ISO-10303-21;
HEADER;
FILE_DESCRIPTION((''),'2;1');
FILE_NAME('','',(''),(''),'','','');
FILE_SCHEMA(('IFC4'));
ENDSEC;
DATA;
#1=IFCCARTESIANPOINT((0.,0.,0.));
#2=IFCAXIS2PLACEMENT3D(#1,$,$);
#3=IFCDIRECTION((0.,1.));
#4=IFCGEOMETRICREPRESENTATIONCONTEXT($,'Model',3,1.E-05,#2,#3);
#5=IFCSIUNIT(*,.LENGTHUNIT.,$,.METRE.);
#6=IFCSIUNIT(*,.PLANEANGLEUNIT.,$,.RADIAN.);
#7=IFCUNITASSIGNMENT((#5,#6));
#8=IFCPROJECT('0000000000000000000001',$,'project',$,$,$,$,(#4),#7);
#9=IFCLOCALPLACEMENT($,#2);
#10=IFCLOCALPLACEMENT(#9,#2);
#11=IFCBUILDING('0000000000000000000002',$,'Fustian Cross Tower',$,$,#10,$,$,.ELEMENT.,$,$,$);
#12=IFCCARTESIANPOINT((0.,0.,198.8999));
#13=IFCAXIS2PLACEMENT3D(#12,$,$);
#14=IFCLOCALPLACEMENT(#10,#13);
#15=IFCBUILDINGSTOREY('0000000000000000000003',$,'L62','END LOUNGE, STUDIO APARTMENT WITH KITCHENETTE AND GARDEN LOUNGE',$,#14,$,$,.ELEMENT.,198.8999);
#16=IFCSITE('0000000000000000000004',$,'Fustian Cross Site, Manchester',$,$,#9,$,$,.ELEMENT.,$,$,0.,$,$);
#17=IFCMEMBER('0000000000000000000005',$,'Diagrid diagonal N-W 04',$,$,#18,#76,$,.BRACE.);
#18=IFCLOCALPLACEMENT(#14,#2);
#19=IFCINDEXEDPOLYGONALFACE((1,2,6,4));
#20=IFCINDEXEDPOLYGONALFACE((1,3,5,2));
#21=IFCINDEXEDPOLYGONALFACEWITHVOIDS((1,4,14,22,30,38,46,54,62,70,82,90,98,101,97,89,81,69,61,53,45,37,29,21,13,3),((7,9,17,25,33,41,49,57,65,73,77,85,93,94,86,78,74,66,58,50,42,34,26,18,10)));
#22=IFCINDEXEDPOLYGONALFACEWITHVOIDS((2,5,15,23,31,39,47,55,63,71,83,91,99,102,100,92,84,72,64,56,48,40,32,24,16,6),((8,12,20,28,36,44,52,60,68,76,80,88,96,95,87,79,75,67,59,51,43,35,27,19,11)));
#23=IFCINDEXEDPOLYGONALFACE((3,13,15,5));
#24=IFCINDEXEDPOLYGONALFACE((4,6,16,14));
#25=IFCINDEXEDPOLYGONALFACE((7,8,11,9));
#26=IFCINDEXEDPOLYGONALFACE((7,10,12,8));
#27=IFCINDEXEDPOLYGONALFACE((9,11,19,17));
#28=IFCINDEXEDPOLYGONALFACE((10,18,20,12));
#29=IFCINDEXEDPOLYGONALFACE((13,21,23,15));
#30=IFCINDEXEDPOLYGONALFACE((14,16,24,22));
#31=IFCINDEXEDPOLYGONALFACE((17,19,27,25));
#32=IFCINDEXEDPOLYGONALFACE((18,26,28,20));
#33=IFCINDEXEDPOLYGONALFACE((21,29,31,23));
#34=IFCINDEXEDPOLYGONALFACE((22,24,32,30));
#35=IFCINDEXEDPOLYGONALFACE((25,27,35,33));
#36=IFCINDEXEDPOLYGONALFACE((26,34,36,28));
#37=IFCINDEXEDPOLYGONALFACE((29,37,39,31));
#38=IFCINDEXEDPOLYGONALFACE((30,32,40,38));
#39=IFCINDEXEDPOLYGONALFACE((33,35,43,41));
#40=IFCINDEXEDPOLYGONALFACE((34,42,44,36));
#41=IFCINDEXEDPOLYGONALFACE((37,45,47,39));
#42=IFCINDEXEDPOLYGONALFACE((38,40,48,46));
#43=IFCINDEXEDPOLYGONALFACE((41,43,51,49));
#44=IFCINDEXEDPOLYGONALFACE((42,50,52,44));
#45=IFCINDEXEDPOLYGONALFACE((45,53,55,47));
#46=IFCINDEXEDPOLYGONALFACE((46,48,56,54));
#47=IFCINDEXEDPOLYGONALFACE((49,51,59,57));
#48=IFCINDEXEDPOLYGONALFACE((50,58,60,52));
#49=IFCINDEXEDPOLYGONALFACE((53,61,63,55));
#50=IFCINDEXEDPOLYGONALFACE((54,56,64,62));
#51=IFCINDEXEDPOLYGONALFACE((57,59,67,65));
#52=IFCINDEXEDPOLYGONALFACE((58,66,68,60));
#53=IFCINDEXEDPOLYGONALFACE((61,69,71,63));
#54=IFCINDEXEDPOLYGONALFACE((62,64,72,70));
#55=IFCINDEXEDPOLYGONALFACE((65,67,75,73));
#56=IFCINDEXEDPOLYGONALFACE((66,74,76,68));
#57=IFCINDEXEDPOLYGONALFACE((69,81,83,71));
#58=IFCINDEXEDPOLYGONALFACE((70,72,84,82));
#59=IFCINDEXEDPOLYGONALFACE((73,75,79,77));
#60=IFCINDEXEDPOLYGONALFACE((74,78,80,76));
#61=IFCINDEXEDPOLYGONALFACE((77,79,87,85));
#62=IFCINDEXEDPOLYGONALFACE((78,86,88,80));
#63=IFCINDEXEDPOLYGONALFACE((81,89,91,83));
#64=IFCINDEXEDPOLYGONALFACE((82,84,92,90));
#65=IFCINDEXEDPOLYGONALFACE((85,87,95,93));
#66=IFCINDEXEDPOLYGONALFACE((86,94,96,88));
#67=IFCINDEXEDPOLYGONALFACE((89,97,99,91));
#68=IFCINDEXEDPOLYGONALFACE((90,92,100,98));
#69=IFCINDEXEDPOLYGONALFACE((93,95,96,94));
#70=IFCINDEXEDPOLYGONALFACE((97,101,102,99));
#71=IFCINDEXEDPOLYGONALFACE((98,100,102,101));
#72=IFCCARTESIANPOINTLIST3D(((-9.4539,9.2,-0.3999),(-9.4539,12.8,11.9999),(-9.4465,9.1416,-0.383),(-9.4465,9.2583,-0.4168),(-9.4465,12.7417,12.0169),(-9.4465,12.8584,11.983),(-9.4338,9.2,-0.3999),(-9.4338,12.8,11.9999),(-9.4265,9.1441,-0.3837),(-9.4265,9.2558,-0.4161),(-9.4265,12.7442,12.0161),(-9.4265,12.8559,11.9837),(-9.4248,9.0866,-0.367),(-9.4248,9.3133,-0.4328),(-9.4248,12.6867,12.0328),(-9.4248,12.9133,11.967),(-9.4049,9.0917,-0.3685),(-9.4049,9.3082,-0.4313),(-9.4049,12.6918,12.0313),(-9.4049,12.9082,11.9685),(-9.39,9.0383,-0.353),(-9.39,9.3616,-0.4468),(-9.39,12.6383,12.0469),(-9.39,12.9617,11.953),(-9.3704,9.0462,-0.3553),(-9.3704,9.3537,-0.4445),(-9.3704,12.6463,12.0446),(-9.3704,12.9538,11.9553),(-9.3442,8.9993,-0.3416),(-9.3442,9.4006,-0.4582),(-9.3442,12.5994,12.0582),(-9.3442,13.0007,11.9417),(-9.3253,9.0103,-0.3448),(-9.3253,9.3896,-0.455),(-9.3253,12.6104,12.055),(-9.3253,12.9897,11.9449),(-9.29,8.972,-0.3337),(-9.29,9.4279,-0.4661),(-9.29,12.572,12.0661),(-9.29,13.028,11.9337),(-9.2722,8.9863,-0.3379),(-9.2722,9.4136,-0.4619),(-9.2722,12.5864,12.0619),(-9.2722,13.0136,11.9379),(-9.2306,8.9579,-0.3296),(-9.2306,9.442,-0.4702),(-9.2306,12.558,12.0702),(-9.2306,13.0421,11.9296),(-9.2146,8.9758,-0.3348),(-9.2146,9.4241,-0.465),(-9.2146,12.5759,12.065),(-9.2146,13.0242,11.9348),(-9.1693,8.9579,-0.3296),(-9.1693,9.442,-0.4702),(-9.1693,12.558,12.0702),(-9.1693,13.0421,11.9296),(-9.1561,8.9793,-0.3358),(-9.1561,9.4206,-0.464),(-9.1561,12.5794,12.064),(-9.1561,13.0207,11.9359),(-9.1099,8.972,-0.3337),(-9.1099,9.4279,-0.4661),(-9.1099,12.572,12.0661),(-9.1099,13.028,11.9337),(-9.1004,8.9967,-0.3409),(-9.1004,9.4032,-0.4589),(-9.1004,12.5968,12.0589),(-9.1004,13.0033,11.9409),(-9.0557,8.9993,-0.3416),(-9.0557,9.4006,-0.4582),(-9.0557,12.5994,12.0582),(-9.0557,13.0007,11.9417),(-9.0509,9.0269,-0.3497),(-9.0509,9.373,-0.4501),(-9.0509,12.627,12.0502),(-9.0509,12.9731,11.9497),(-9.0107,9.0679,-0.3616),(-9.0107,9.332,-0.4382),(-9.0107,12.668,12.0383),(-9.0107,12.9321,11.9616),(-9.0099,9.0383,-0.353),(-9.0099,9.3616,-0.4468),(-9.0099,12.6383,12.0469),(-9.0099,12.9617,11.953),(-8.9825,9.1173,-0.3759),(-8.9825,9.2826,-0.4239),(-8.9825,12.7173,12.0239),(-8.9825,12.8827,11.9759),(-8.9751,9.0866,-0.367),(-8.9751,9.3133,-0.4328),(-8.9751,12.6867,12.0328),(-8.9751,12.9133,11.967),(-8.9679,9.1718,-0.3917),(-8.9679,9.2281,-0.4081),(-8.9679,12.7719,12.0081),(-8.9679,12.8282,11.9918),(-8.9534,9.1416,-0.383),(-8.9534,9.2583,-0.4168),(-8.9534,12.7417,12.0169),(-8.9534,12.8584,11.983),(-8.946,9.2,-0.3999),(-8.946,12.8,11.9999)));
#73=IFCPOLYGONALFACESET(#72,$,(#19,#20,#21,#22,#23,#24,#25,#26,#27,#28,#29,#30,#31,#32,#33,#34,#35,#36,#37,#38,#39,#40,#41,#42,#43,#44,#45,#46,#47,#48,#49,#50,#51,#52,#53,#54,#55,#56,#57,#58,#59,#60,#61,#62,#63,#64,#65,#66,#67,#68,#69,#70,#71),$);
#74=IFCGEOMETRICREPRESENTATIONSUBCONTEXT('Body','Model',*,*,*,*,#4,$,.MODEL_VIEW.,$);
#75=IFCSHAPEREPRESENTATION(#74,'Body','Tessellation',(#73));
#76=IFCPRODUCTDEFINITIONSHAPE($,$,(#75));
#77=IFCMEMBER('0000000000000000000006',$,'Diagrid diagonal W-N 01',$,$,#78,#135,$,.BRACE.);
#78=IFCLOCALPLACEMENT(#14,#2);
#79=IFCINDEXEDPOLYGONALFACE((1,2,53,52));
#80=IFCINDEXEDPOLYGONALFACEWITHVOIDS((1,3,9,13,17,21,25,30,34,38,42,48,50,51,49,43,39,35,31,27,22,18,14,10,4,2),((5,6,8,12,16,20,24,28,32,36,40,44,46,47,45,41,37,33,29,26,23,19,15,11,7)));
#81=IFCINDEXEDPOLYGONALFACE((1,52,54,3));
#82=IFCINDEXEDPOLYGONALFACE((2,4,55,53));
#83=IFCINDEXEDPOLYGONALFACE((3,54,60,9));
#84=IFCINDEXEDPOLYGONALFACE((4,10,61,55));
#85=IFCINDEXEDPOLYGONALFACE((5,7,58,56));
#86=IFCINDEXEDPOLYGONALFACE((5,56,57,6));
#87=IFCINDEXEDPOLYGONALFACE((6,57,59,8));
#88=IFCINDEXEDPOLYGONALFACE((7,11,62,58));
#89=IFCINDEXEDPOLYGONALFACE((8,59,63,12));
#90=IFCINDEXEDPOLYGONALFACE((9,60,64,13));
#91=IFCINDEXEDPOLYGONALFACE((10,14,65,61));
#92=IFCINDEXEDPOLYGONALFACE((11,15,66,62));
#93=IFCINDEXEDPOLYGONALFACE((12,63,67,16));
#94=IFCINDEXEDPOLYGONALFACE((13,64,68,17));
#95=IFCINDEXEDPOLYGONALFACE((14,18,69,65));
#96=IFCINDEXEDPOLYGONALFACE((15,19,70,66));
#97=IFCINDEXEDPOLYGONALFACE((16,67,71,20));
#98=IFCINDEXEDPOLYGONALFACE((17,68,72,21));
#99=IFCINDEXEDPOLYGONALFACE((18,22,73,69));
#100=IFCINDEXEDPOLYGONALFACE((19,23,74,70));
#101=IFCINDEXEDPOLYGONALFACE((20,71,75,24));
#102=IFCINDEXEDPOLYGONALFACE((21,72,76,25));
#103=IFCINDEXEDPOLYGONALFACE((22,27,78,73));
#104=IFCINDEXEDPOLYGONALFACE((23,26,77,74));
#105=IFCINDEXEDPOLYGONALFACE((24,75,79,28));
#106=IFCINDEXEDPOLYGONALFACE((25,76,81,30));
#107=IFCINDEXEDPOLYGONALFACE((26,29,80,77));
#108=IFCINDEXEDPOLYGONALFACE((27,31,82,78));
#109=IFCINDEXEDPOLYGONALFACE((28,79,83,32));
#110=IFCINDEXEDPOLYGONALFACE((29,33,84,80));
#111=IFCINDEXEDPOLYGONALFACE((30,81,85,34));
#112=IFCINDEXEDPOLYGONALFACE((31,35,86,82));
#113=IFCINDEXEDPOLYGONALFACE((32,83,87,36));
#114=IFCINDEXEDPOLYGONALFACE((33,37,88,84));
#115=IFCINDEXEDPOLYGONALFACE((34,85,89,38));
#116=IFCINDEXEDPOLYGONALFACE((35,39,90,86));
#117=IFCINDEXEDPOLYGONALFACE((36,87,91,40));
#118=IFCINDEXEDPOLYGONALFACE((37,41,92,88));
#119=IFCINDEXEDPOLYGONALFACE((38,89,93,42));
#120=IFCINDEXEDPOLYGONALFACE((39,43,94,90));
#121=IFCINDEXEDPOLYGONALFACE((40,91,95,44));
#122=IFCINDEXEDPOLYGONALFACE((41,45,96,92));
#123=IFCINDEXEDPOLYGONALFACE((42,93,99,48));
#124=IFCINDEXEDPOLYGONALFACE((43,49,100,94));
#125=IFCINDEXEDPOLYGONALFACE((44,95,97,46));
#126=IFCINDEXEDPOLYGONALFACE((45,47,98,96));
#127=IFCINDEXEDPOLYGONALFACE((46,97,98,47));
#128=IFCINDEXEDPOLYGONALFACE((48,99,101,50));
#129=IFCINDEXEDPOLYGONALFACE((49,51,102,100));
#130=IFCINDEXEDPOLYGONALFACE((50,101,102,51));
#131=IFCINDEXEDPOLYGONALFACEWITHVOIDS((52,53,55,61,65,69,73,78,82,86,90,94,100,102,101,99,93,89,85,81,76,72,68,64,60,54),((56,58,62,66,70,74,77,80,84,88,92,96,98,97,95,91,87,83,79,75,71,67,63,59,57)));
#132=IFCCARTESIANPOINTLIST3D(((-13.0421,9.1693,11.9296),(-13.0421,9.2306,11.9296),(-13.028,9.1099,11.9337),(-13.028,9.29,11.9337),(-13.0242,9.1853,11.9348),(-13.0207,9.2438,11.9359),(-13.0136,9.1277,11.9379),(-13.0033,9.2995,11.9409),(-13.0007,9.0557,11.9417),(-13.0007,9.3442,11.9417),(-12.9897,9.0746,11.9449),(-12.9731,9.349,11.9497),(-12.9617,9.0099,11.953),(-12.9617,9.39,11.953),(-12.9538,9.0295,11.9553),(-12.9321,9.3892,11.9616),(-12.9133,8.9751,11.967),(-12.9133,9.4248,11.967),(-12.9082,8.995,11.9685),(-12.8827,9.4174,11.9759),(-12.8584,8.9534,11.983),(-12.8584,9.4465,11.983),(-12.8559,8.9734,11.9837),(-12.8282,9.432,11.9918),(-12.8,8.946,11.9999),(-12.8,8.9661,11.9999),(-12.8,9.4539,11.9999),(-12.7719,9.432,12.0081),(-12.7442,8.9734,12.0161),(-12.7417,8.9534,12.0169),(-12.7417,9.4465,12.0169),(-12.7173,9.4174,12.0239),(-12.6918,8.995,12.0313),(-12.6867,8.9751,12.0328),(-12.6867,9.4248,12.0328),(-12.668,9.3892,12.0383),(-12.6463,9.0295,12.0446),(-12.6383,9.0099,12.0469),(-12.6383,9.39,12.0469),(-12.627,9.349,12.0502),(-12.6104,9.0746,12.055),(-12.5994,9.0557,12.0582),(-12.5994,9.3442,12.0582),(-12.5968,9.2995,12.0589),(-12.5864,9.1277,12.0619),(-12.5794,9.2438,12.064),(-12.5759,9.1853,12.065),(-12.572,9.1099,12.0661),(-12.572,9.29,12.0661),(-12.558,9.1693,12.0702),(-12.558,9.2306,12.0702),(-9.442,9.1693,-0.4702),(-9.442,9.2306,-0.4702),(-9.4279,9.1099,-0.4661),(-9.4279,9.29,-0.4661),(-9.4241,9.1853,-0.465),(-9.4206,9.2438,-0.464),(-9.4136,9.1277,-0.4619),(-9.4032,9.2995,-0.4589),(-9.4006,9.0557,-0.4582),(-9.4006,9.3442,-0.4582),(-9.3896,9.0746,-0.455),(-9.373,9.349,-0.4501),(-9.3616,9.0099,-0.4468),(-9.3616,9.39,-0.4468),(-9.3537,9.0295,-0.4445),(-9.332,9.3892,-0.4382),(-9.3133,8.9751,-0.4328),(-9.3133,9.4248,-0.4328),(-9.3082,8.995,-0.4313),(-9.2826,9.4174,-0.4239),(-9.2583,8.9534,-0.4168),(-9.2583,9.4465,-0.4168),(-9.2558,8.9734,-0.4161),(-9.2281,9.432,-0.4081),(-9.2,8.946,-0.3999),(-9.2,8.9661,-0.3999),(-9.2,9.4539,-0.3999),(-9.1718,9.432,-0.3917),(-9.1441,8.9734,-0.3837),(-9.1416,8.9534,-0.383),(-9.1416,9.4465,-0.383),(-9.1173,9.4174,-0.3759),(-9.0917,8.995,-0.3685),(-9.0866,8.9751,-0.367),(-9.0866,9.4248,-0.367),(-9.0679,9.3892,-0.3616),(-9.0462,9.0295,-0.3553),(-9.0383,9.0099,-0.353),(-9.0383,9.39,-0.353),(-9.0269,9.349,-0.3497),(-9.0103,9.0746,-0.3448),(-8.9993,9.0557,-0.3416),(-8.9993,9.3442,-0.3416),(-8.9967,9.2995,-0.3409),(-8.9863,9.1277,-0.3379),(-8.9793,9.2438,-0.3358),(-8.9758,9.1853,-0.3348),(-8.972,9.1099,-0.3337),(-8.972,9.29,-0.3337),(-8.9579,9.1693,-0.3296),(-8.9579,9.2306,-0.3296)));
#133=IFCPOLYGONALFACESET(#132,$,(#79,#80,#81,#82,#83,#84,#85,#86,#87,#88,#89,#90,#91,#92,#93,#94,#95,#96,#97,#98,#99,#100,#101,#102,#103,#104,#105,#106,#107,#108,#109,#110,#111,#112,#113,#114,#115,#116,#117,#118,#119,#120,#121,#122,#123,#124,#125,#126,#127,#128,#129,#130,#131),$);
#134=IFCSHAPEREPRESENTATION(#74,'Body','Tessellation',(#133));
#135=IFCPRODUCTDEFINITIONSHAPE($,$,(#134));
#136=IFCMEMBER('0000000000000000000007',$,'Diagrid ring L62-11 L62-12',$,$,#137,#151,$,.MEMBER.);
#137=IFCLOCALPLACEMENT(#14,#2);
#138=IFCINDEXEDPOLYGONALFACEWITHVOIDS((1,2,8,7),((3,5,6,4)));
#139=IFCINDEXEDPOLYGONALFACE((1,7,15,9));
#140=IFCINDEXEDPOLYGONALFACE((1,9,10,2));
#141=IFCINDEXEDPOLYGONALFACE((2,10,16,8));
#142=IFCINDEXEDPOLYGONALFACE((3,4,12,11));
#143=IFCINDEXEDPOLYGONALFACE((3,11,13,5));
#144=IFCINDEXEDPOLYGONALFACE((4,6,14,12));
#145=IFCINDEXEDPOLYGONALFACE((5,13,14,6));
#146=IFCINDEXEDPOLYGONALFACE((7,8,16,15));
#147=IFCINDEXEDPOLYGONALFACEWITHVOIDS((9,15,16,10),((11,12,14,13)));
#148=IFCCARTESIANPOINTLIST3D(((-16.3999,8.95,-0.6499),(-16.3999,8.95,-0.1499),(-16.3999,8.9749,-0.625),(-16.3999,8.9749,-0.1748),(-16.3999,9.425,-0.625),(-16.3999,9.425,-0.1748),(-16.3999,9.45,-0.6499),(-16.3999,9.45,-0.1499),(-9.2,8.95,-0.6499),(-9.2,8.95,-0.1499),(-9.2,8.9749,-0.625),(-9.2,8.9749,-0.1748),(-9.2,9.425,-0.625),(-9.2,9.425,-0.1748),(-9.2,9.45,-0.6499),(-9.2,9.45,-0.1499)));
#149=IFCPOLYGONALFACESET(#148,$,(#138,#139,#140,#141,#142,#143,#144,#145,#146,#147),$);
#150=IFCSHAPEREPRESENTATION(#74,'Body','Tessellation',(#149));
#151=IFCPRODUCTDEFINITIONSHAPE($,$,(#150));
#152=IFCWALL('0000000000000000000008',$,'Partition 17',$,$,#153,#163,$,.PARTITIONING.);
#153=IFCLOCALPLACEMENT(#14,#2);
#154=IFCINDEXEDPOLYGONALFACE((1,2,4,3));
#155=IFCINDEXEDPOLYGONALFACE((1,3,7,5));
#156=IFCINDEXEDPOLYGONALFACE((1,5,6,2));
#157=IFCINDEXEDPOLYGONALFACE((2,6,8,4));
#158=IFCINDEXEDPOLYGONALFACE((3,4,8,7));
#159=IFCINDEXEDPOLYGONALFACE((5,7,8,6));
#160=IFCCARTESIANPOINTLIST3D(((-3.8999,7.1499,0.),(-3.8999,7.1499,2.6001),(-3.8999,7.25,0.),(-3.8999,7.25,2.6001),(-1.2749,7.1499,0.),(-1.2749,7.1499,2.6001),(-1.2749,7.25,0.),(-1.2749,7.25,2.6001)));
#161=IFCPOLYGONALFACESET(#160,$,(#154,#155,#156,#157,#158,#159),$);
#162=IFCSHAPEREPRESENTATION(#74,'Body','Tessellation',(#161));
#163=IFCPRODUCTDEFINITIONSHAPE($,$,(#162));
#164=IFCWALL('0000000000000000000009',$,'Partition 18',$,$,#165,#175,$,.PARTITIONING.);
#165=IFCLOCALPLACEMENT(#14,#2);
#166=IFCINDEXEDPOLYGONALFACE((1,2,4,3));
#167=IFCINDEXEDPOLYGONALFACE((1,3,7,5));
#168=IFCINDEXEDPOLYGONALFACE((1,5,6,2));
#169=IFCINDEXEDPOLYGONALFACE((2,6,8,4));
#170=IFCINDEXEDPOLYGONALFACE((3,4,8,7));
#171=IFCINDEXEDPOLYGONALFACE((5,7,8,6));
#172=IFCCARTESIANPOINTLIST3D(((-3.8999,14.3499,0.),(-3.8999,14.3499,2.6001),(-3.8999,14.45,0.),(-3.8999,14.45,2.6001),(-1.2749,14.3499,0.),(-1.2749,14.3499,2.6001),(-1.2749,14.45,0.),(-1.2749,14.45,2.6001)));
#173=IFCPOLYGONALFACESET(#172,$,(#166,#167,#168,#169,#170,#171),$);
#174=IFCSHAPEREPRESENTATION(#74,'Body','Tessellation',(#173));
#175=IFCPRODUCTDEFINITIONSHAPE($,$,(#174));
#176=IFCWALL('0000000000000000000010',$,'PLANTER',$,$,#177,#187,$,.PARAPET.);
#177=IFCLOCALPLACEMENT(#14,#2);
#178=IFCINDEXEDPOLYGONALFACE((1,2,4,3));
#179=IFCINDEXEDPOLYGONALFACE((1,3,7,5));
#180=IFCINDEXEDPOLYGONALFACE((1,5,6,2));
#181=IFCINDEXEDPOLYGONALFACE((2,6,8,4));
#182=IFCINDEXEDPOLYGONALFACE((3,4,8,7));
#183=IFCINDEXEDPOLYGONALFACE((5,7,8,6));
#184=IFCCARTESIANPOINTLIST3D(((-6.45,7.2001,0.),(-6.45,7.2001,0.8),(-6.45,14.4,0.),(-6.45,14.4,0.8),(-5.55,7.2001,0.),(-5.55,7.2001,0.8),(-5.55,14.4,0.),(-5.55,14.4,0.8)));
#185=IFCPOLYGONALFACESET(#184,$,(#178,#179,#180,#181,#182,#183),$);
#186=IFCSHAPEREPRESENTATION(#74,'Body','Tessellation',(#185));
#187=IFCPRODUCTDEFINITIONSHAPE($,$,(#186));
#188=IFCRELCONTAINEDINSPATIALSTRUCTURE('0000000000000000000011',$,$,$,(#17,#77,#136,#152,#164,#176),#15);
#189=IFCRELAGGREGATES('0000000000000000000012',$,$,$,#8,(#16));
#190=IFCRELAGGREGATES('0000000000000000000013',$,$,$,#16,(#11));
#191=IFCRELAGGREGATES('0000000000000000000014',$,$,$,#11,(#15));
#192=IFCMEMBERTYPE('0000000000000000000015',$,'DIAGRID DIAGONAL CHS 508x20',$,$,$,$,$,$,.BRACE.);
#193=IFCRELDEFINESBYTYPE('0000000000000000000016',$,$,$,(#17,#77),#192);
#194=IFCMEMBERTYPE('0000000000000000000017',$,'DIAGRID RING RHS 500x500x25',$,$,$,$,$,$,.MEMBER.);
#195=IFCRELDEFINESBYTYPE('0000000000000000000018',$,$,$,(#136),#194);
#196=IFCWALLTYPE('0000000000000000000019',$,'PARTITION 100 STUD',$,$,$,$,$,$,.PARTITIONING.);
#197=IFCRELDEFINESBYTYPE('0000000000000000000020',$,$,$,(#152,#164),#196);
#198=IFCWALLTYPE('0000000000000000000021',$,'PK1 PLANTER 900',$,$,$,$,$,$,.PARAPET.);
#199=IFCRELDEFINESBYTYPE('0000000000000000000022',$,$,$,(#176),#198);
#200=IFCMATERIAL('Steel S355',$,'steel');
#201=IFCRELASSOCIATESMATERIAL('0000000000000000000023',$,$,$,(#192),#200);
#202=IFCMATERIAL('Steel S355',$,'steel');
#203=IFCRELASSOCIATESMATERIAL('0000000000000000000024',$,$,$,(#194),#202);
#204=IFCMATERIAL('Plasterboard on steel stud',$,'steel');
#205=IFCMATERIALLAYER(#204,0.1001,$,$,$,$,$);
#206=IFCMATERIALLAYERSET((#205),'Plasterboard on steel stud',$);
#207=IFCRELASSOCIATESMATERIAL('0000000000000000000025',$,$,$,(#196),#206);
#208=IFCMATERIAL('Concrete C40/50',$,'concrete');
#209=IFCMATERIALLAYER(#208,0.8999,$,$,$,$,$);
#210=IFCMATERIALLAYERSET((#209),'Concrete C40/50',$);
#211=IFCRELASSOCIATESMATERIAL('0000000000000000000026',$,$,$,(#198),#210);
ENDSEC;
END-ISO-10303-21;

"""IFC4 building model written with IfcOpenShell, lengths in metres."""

from ifc_helpers import new_model, si_unit, direction, frame, frame_2d, origin, origin_2d, place, context, subcontext, project, spatial, rectangle, hollow_rectangle, hollow_circle, extrude, material, layer, layer_set, material_profile, profile_set, type_object, element, save


model = new_model("IFC4")

# Units and contexts
model_context = context("Model", 3, precision=1e-05, world=origin(), true_north=direction((0.0, 1.0)))
body_context = subcontext(model_context, "Body", "Model", "MODEL_VIEW")
ifc_project = project(units=[si_unit("LENGTHUNIT", "METRE"), si_unit("PLANEANGLEUNIT", "RADIAN")], contexts=[model_context])

# Site, building, storey
site_placement = place(None, origin())
site = spatial("IfcSite", under=ifc_project, at=site_placement, Name="Fustian Cross Site, Manchester", CompositionType="ELEMENT", RefElevation=0.0)
building_placement = place(site_placement, origin())
building = spatial("IfcBuilding", under=site, at=building_placement, Name="Fustian Cross Tower", CompositionType="ELEMENT")
storey_placement = place(building_placement, frame((0.0, 0.0, 198.8999)))
storey = spatial("IfcBuildingStorey", under=building, at=storey_placement, Name="L62", Description="END LOUNGE, STUDIO APARTMENT WITH KITCHENETTE AND GARDEN LOUNGE", CompositionType="ELEMENT", Elevation=198.8999)

# Members
ifc_material_1 = material(Name="Steel S355", Category="steel")
ifc_material_profile_1 = material_profile(ifc_material_1, hollow_circle(Radius=0.2539, WallThickness=0.02, at=origin_2d()), Name="CHS 508x20")
ifc_profile_set_1 = profile_set([ifc_material_profile_1], Name="Steel S355")
member_type_1 = type_object("IfcMemberType", Name="DIAGRID DIAGONAL CHS 508x20", PredefinedType="BRACE", material=ifc_profile_set_1)
for number, where, z_axis, x_axis, name in (
    (1, (-9.2, 9.2, -0.3999), (0.0, 0.278819, 0.960344), (-1.0, 0.0, 0.0), "Diagrid diagonal N-W 04"),
    (2, (-9.2, 9.2, -0.3999), (-0.278819, 0.0, 0.960344), (0.0, -1.0, 0.0), "Diagrid diagonal W-N 01"),
):
    element("IfcMember", number, at=place(storey_placement, frame(where, z_axis=z_axis, x_axis=x_axis)), inside=storey, type_object=member_type_1, Name=name, PredefinedType="BRACE", context=body_context, shape_type="SweptSolid", body=[
        extrude(hollow_circle(Radius=0.2539, WallThickness=0.02, at=origin_2d()), origin(), (0.0, 0.0, 1.0), 12.9119),
    ])
ifc_material_2 = material(Name="Steel S355", Category="steel")
ifc_material_profile_2 = material_profile(ifc_material_2, hollow_rectangle(XDim=0.5, YDim=0.5, WallThickness=0.0249, at=origin_2d()), Name="RHS 500x500x25")
ifc_profile_set_2 = profile_set([ifc_material_profile_2], Name="Steel S355")
member_type_2 = type_object("IfcMemberType", Name="DIAGRID RING RHS 500x500x25", PredefinedType="MEMBER", material=ifc_profile_set_2)
member_placement = place(storey_placement, frame((-9.2, 9.2, -0.3999), z_axis=(-1.0, 0.0, 0.0), x_axis=(0.0, -1.0, 0.0)))
element("IfcMember", 3, at=member_placement, inside=storey, type_object=member_type_2, Name="Diagrid ring L62-11 L62-12", PredefinedType="MEMBER", context=body_context, shape_type="SweptSolid", body=[
    extrude(hollow_rectangle(XDim=0.5, YDim=0.5, WallThickness=0.0249, at=origin_2d()), origin(), (0.0, 0.0, 1.0), 7.2),
])

# Walls
ifc_material_3 = material(Name="Plasterboard on steel stud", Category="steel")
ifc_layer_1 = layer(ifc_material_3, 0.1001)
ifc_layer_set_1 = layer_set([ifc_layer_1], Name="Plasterboard on steel stud")
wall_type_1 = type_object("IfcWallType", Name="PARTITION 100 STUD", PredefinedType="PARTITIONING", material=ifc_layer_set_1)
for number, where, z_axis, x_axis, name in (
    (4, (-3.8999, 7.2, 0.0), (0.0, 0.0, 1.0), (1.0, 0.0, 0.0), "Partition 17"),
    (5, (-3.8999, 14.3999, 0.0), (0.0, 0.0, 1.0), (1.0, 0.0, 0.0), "Partition 18"),
):
    element("IfcWall", number, at=place(storey_placement, frame(where, z_axis=z_axis, x_axis=x_axis)), inside=storey, type_object=wall_type_1, Name=name, PredefinedType="PARTITIONING", context=body_context, shape_type="SweptSolid", body=[
        extrude(rectangle(XDim=2.625, YDim=0.1001, at=frame_2d((1.3125, 0.0))), origin(), (0.0, 0.0, 1.0), 2.6001),
    ])
ifc_material_4 = material(Name="Concrete C40/50", Category="concrete")
ifc_layer_2 = layer(ifc_material_4, 0.8999)
ifc_layer_set_2 = layer_set([ifc_layer_2], Name="Concrete C40/50")
wall_type_2 = type_object("IfcWallType", Name="PK1 PLANTER 900", PredefinedType="PARAPET", material=ifc_layer_set_2)
wall_1_placement = place(storey_placement, frame((-6.0, 7.2, 0.0), z_axis=(0.0, 0.0, 1.0), x_axis=(0.0, 1.0, 0.0)))
element("IfcWall", 6, at=wall_1_placement, inside=storey, type_object=wall_type_2, Name="PLANTER", PredefinedType="PARAPET", context=body_context, shape_type="SweptSolid", body=[
    extrude(rectangle(XDim=7.2, YDim=0.8999, at=frame_2d((3.6001, 0.0))), origin(), (0.0, 0.0, 1.0), 0.8),
])

save(model, "model.ifc")
